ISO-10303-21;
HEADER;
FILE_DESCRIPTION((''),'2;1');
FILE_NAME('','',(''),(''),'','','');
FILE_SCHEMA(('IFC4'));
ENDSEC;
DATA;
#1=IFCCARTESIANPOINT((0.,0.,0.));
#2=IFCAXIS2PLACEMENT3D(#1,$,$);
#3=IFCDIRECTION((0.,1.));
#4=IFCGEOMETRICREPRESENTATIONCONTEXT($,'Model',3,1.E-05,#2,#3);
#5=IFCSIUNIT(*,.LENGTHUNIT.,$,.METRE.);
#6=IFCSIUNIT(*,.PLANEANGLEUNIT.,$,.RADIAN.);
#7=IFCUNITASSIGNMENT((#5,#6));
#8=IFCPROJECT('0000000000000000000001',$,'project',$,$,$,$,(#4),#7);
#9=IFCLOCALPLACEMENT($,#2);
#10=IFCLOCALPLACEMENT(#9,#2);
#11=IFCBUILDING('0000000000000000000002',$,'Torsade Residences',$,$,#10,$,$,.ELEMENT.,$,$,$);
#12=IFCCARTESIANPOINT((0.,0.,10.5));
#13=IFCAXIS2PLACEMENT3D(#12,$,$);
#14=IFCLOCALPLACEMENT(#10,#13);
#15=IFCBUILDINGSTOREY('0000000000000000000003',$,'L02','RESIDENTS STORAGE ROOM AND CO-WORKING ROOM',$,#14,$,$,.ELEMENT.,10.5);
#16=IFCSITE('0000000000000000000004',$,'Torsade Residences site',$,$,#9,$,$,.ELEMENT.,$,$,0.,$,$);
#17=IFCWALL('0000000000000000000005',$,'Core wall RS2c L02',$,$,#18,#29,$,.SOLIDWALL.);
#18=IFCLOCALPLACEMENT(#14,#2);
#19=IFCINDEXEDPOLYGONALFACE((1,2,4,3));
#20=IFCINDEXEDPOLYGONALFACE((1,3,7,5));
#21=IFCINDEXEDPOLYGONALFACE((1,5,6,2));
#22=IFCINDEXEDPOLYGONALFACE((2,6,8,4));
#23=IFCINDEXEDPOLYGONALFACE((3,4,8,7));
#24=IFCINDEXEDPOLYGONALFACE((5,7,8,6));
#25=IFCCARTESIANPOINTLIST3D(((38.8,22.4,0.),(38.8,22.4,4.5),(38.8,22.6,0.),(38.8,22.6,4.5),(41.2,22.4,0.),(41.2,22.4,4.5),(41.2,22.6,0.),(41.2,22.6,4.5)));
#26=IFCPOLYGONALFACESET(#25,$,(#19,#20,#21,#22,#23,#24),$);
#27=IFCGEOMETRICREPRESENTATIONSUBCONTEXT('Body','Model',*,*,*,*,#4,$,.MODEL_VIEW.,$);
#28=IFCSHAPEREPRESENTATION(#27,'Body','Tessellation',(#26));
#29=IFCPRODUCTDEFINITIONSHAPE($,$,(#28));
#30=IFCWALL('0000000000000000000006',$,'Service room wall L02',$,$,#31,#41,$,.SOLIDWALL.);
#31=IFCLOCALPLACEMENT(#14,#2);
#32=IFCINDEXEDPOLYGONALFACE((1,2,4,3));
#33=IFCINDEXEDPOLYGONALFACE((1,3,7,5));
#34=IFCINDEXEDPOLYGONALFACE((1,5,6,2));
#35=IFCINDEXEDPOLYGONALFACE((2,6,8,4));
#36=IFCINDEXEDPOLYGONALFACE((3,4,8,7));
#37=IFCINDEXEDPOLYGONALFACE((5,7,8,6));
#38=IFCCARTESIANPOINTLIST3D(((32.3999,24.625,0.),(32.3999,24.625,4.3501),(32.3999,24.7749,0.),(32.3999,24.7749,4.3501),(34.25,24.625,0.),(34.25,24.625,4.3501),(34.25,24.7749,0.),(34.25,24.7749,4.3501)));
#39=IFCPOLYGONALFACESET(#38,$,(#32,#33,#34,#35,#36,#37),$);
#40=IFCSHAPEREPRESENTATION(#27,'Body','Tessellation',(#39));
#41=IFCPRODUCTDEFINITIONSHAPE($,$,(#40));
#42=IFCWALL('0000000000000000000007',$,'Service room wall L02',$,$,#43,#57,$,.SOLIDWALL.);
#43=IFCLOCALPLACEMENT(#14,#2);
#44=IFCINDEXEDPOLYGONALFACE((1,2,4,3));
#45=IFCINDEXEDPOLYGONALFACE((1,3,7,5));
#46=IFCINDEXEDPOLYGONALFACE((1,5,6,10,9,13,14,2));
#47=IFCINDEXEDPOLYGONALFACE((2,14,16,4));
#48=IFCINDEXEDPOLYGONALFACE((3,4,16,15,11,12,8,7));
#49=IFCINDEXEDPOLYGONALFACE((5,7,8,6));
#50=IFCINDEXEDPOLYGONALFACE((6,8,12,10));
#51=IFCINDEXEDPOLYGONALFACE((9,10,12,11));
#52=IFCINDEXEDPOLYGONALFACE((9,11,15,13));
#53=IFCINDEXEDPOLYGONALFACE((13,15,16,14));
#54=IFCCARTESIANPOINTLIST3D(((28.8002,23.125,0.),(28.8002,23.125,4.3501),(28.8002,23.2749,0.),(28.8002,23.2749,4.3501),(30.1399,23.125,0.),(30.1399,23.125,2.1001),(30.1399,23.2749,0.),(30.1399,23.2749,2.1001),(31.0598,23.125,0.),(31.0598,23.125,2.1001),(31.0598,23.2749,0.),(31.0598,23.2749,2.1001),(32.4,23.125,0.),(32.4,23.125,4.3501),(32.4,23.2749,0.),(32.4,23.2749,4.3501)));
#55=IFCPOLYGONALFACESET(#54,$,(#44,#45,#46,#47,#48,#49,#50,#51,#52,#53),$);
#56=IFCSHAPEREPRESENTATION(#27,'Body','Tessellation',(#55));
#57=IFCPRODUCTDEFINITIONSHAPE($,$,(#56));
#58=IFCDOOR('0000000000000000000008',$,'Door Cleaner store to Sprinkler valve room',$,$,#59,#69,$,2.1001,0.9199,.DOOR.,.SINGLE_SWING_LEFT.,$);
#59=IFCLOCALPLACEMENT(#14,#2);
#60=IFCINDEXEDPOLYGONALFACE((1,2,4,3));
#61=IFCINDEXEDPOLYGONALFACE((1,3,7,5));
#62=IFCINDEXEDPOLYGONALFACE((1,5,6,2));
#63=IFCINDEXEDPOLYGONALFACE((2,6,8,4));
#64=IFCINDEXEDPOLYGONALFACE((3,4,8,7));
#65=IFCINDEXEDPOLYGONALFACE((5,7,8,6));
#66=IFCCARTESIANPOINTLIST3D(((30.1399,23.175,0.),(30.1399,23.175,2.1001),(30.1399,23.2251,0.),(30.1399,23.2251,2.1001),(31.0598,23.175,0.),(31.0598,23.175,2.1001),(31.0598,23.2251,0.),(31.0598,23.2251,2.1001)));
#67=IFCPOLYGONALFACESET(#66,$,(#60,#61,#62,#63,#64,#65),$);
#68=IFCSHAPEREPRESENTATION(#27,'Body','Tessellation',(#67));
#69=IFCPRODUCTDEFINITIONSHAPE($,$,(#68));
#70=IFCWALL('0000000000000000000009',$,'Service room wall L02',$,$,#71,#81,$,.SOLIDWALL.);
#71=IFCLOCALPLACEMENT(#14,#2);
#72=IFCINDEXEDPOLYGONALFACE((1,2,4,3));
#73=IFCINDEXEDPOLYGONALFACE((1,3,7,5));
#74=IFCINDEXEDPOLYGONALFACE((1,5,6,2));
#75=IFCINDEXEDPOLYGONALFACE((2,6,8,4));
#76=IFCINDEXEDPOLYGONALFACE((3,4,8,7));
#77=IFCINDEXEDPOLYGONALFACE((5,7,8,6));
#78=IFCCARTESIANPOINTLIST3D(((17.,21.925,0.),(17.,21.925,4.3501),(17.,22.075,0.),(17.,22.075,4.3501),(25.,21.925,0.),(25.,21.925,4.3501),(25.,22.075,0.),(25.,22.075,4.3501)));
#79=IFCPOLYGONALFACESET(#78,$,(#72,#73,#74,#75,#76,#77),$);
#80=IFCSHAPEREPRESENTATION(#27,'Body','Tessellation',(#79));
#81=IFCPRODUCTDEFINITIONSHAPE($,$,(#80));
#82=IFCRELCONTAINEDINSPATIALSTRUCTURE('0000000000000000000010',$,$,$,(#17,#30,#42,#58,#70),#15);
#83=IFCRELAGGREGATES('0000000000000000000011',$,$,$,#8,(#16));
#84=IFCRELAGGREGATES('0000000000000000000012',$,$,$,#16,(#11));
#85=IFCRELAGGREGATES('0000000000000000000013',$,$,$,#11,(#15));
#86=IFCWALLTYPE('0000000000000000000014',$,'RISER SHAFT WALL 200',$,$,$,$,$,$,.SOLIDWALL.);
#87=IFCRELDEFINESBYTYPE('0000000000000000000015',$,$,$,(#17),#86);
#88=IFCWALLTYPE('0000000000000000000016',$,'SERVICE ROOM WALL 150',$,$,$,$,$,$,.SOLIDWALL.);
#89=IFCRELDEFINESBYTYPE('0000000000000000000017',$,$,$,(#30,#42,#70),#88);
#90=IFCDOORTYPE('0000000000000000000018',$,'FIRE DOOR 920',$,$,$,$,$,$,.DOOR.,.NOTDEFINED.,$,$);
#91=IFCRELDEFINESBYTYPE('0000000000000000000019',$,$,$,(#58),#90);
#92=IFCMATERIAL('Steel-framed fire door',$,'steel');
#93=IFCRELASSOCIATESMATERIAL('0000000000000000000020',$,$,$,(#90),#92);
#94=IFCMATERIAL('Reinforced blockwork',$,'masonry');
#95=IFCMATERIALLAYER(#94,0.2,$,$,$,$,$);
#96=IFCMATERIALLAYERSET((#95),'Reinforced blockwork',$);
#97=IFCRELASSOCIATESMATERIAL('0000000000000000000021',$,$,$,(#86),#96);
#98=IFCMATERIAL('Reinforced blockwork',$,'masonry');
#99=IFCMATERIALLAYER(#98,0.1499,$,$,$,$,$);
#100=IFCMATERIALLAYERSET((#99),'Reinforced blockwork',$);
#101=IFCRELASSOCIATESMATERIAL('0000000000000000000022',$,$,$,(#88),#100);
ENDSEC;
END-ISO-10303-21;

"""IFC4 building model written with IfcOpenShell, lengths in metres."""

from ifc_helpers import new_model, si_unit, direction, frame, frame_2d, origin, place, context, subcontext, project, spatial, rectangle, extrude, material, layer, layer_set, type_object, element, fill, save


model = new_model("IFC4")

# Units and contexts
model_context = context("Model", 3, precision=1e-05, world=origin(), true_north=direction((0.0, 1.0)))
body_context = subcontext(model_context, "Body", "Model", "MODEL_VIEW")
ifc_project = project(units=[si_unit("LENGTHUNIT", "METRE"), si_unit("PLANEANGLEUNIT", "RADIAN")], contexts=[model_context])

# Site, building, storey
site_placement = place(None, origin())
site = spatial("IfcSite", under=ifc_project, at=site_placement, Name="Torsade Residences site", CompositionType="ELEMENT", RefElevation=0.0)
building_placement = place(site_placement, origin())
building = spatial("IfcBuilding", under=site, at=building_placement, Name="Torsade Residences", CompositionType="ELEMENT")
storey_placement = place(building_placement, frame((0.0, 0.0, 10.5)))
storey = spatial("IfcBuildingStorey", under=building, at=storey_placement, Name="L02", Description="RESIDENTS STORAGE ROOM AND CO-WORKING ROOM", CompositionType="ELEMENT", Elevation=10.5)

# Shared definitions
ifc_material_1 = material(Name="Steel-framed fire door", Category="steel")
door_type_1 = type_object("IfcDoorType", Name="FIRE DOOR 920", OperationType="NOTDEFINED", PredefinedType="DOOR", material=ifc_material_1)

# Walls
ifc_material_2 = material(Name="Reinforced blockwork", Category="masonry")
ifc_layer_1 = layer(ifc_material_2, 0.2)
ifc_layer_set_1 = layer_set([ifc_layer_1], Name="Reinforced blockwork")
wall_type_1 = type_object("IfcWallType", Name="RISER SHAFT WALL 200", PredefinedType="SOLIDWALL", material=ifc_layer_set_1)
wall_1_placement = place(storey_placement, frame((38.8, 22.5, 0.0), z_axis=(0.0, 0.0, 1.0), x_axis=(1.0, 0.0, 0.0)))
element("IfcWall", 1, at=wall_1_placement, inside=storey, type_object=wall_type_1, Name="Core wall RS2c L02", PredefinedType="SOLIDWALL", context=body_context, shape_type="SweptSolid", body=[
    extrude(rectangle(XDim=2.3999, YDim=0.2, at=frame_2d((1.2, 0.0))), origin(), (0.0, 0.0, 1.0), 4.5),
])
ifc_material_3 = material(Name="Reinforced blockwork", Category="masonry")
ifc_layer_2 = layer(ifc_material_3, 0.1499)
ifc_layer_set_2 = layer_set([ifc_layer_2], Name="Reinforced blockwork")
wall_type_2 = type_object("IfcWallType", Name="SERVICE ROOM WALL 150", PredefinedType="SOLIDWALL", material=ifc_layer_set_2)
wall_2_placement = place(storey_placement, frame((32.3999, 24.7, 0.0), z_axis=(0.0, 0.0, 1.0), x_axis=(1.0, 0.0, 0.0)))
element("IfcWall", 2, at=wall_2_placement, inside=storey, type_object=wall_type_2, Name="Service room wall L02", PredefinedType="SOLIDWALL", context=body_context, shape_type="SweptSolid", body=[
    extrude(rectangle(XDim=1.8501, YDim=0.1499, at=frame_2d((0.925, 0.0))), origin(), (0.0, 0.0, 1.0), 4.3501),
])

# Wall, opening, door
wall_3_placement = place(storey_placement, frame((32.3999, 23.2, 0.0), z_axis=(0.0, 0.0, 1.0), x_axis=(-1.0, 0.0, 0.0)))
wall_3 = element("IfcWall", 3, at=wall_3_placement, inside=storey, type_object=wall_type_2, Name="Service room wall L02", PredefinedType="SOLIDWALL", context=body_context, shape_type="SweptSolid", body=[
    extrude(rectangle(XDim=3.5999, YDim=0.1499, at=frame_2d((1.7998, 0.0))), origin(), (0.0, 0.0, 1.0), 4.3501),
])
opening_1_placement = place(wall_3_placement, frame((1.3401, 0.0, 0.0)))
opening_1 = element("IfcOpeningElement", 4, at=opening_1_placement, cuts=wall_3, PredefinedType="OPENING", context=body_context, shape_type="SweptSolid", body=[
    extrude(rectangle(XDim=0.9199, YDim=2.1001, at=frame_2d((0.46, 1.05))), frame((0.0, 0.085, 0.0), z_axis=(0.0, -1.0, 0.0), x_axis=(1.0, 0.0, 0.0)), (0.0, 0.0, 1.0), 0.1699),
])
door_1_placement = place(opening_1_placement, origin())
door_1 = element("IfcDoor", 5, at=door_1_placement, inside=storey, type_object=door_type_1, Name="Door Cleaner store to Sprinkler valve room", OperationType="SINGLE_SWING_LEFT", OverallHeight=2.1001, OverallWidth=0.9199, PredefinedType="DOOR", context=body_context, shape_type="SweptSolid", body=[
    extrude(rectangle(XDim=0.9199, YDim=2.1001, at=frame_2d((0.46, 1.05))), frame((0.0, 0.0249, 0.0), z_axis=(0.0, -1.0, 0.0), x_axis=(1.0, 0.0, 0.0)), (0.0, 0.0, 1.0), 0.05),
])
fill(opening_1, door_1)

# Wall
wall_4_placement = place(storey_placement, frame((17.0, 22.0, 0.0), z_axis=(0.0, 0.0, 1.0), x_axis=(1.0, 0.0, 0.0)))
element("IfcWall", 6, at=wall_4_placement, inside=storey, type_object=wall_type_2, Name="Service room wall L02", PredefinedType="SOLIDWALL", context=body_context, shape_type="SweptSolid", body=[
    extrude(rectangle(XDim=8.0, YDim=0.1499, at=frame_2d((4.0, 0.0))), origin(), (0.0, 0.0, 1.0), 4.3501),
])

save(model, "model.ifc")
